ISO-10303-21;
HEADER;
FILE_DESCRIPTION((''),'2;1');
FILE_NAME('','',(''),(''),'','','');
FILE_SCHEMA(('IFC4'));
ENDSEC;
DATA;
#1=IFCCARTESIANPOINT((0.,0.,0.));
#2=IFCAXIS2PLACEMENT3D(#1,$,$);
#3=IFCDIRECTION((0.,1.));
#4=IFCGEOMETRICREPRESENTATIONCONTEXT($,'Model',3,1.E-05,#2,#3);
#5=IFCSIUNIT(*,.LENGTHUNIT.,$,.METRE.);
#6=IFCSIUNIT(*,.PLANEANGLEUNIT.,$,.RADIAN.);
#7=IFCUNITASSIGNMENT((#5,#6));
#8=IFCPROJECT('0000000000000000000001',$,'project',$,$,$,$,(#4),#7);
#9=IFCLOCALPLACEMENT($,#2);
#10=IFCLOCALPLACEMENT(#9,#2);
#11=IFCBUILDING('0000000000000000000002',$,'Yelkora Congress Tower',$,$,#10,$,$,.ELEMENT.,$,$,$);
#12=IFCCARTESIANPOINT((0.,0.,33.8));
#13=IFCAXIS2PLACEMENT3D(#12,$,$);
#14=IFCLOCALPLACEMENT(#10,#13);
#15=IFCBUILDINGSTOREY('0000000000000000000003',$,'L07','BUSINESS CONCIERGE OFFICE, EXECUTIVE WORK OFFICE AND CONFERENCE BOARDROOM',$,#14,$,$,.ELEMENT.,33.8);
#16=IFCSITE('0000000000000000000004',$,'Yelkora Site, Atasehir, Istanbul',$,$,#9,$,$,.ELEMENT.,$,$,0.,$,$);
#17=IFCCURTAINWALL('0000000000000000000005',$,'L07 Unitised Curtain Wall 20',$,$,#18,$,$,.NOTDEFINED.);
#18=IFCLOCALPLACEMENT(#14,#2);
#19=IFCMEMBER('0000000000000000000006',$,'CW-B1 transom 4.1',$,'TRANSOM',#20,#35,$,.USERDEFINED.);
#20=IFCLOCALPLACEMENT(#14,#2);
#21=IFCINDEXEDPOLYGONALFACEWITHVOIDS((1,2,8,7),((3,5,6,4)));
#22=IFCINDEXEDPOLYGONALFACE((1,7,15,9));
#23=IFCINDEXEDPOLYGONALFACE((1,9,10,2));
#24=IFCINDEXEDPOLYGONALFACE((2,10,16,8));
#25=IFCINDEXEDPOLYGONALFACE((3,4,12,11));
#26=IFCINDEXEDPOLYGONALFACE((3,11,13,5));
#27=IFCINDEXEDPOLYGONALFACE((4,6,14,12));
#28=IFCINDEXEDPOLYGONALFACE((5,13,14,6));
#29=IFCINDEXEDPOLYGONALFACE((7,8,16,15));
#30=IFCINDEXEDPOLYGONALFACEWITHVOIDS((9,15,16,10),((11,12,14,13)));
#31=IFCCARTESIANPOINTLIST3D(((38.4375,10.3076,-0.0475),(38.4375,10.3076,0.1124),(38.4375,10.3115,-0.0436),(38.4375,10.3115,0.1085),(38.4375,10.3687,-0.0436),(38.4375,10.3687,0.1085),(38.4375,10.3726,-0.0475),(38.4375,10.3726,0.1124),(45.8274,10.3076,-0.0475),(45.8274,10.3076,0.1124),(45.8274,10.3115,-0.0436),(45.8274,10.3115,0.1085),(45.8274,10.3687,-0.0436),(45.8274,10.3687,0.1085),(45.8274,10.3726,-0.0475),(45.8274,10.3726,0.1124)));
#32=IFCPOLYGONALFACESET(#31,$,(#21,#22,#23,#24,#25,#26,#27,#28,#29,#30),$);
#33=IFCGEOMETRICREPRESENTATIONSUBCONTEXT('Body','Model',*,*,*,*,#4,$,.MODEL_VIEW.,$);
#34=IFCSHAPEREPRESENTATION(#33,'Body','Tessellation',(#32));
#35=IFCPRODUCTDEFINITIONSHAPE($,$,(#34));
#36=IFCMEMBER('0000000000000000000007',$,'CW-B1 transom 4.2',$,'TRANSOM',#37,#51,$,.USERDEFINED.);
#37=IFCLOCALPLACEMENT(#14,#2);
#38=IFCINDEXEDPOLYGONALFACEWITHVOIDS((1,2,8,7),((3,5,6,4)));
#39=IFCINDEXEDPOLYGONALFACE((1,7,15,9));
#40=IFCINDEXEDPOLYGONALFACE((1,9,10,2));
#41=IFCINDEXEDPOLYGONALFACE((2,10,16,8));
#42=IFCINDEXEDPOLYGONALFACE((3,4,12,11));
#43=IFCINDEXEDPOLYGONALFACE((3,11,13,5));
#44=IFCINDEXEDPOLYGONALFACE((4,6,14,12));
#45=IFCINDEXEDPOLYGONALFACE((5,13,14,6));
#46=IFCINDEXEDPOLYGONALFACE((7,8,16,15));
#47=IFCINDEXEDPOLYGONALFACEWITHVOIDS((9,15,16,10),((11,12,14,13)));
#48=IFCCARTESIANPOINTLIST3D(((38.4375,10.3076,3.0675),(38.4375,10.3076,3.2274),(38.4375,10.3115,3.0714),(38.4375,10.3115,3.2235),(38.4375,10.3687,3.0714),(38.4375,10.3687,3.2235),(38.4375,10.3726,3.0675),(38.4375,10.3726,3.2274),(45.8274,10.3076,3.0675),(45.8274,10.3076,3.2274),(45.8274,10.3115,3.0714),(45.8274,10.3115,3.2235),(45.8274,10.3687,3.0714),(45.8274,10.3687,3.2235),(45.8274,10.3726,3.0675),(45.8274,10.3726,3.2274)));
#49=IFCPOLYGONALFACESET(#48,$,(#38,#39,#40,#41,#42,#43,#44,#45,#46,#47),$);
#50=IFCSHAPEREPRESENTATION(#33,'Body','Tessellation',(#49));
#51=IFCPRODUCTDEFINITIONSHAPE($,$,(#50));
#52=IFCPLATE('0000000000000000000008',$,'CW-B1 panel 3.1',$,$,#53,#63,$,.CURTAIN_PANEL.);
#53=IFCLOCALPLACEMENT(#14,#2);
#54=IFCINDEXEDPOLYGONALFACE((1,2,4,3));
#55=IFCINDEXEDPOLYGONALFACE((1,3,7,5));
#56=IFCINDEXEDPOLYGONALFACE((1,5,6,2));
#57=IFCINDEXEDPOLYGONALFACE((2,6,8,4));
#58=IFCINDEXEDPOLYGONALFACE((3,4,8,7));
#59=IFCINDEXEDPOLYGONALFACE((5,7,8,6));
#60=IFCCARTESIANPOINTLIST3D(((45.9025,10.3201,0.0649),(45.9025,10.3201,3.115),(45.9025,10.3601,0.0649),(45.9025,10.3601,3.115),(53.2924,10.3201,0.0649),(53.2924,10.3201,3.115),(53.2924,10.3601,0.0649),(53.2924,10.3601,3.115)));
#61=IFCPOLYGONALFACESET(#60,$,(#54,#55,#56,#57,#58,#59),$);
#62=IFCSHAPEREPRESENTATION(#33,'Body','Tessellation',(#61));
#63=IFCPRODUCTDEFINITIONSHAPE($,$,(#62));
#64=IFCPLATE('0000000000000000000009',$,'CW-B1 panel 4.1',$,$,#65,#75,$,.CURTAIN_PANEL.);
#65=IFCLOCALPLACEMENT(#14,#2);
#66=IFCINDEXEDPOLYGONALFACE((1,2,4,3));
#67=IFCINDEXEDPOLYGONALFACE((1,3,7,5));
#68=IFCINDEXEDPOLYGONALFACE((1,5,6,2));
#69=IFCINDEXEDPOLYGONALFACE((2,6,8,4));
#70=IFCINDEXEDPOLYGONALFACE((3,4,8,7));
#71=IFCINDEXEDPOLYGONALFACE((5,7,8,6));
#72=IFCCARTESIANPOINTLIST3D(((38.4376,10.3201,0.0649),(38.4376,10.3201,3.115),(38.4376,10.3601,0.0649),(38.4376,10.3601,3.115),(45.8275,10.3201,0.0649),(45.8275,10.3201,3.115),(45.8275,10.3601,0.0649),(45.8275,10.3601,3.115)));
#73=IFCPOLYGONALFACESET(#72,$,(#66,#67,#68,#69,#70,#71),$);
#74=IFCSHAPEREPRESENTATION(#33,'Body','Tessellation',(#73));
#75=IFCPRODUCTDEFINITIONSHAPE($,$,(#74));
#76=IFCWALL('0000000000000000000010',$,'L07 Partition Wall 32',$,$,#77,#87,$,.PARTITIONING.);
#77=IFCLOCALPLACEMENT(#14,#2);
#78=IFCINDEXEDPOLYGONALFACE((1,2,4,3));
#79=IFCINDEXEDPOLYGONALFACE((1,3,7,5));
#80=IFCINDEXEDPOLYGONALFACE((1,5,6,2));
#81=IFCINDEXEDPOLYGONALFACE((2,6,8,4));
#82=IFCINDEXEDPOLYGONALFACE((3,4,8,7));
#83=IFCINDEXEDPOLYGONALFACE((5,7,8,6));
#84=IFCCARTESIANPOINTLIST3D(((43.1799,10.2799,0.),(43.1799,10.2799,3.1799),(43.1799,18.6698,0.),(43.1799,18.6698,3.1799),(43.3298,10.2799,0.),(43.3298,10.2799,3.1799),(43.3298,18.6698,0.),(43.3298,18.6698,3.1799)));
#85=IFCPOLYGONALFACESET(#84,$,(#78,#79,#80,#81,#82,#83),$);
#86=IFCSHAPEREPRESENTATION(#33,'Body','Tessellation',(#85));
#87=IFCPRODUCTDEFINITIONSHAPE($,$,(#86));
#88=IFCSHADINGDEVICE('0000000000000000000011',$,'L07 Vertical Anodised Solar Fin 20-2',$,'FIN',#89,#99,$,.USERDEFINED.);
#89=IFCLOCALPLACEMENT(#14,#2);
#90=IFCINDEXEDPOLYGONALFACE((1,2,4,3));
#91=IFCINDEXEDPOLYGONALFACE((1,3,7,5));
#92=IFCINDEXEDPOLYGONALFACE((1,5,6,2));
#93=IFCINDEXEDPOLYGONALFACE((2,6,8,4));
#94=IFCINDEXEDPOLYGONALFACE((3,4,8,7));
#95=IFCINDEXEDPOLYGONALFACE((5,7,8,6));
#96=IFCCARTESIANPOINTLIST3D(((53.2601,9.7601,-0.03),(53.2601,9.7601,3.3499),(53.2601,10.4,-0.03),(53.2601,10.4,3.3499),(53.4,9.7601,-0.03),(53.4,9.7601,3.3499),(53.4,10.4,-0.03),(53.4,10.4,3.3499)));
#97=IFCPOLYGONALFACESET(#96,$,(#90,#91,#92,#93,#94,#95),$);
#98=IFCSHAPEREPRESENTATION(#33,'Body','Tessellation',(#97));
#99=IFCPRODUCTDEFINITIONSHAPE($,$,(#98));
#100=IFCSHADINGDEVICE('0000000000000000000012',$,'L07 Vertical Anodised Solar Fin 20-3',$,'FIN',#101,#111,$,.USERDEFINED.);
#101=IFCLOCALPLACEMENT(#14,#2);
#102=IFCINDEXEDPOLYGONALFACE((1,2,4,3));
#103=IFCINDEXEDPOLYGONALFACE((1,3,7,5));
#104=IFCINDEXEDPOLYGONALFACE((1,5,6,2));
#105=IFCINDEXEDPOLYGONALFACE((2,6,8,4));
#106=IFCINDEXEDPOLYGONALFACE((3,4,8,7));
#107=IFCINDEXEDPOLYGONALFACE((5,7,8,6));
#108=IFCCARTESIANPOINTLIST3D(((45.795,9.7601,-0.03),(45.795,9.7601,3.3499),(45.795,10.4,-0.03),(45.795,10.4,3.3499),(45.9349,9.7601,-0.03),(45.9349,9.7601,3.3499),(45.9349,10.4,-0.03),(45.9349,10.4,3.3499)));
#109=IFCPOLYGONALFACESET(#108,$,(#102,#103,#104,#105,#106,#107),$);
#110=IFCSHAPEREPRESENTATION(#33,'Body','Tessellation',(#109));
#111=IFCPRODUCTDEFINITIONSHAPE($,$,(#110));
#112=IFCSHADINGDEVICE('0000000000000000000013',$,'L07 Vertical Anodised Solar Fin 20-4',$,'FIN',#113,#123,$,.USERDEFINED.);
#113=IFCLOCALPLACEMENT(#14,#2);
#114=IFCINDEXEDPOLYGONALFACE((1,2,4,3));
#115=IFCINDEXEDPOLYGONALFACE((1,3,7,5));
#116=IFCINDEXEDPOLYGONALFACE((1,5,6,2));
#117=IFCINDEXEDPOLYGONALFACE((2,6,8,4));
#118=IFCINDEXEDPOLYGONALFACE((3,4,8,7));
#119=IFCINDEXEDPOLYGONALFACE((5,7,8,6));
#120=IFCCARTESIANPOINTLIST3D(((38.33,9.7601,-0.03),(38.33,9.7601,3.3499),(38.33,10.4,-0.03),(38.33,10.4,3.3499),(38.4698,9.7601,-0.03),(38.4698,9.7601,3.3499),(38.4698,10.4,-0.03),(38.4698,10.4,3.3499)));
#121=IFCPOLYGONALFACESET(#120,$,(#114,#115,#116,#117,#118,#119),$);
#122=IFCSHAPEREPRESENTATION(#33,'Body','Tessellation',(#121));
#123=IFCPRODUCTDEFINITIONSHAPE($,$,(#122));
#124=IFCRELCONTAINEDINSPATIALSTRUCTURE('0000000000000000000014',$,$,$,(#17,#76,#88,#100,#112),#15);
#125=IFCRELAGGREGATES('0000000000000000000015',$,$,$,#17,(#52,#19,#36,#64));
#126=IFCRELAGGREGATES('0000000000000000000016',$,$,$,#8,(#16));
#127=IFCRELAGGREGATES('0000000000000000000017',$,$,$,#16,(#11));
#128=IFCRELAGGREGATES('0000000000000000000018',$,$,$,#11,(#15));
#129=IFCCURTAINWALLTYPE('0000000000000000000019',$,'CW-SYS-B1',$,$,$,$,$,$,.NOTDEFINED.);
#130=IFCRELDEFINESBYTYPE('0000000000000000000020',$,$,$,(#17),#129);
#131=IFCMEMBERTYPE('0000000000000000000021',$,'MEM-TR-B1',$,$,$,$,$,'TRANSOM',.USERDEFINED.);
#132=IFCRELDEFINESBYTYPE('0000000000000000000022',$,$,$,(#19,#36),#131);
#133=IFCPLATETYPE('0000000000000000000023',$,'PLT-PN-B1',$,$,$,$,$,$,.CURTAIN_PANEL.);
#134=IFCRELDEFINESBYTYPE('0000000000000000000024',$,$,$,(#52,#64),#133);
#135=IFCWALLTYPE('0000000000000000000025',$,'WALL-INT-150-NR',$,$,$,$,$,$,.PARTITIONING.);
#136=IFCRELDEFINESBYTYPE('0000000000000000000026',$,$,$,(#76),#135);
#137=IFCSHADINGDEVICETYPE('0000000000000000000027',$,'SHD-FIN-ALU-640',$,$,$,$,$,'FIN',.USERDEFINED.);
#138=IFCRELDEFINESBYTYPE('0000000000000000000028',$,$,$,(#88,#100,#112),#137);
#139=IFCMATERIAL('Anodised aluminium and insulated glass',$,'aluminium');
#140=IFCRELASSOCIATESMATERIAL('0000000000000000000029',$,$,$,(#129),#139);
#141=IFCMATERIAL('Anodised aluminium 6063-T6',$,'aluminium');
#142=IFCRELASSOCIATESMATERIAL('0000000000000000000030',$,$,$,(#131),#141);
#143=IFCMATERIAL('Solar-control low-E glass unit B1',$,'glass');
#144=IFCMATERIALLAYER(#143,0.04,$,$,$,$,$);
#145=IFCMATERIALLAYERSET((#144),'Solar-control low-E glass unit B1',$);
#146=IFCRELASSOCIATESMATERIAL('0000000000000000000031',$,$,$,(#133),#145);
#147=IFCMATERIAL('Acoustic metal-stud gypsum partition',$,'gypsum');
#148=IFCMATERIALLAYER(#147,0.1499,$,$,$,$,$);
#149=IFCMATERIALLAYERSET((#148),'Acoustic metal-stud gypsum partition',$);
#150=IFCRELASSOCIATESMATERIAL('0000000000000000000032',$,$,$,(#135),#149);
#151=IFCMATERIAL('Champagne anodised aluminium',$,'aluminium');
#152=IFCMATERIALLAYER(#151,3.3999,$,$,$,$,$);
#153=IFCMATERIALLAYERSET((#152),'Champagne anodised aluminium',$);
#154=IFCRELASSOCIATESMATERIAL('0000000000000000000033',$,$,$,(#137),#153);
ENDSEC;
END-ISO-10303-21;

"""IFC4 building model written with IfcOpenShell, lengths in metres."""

from ifc_helpers import new_model, si_unit, direction, frame, frame_2d, origin, origin_2d, place, context, subcontext, project, spatial, rectangle, hollow_rectangle, extrude, material, layer, layer_set, material_profile, profile_set, type_object, element, aggregate, save


model = new_model("IFC4")

# Units and contexts
model_context = context("Model", 3, precision=1e-05, world=origin(), true_north=direction((0.0, 1.0)))
body_context = subcontext(model_context, "Body", "Model", "MODEL_VIEW")
ifc_project = project(units=[si_unit("LENGTHUNIT", "METRE"), si_unit("PLANEANGLEUNIT", "RADIAN")], contexts=[model_context])

# Site, building, storey
site_placement = place(None, origin())
site = spatial("IfcSite", under=ifc_project, at=site_placement, Name="Yelkora Site, Atasehir, Istanbul", CompositionType="ELEMENT", RefElevation=0.0)
building_placement = place(site_placement, origin())
building = spatial("IfcBuilding", under=site, at=building_placement, Name="Yelkora Congress Tower", CompositionType="ELEMENT")
storey_placement = place(building_placement, frame((0.0, 0.0, 33.8)))
storey = spatial("IfcBuildingStorey", under=building, at=storey_placement, Name="L07", Description="BUSINESS CONCIERGE OFFICE, EXECUTIVE WORK OFFICE AND CONFERENCE BOARDROOM", CompositionType="ELEMENT", Elevation=33.8)

# Curtain wall, members, plates
ifc_material_1 = material(Name="Anodised aluminium and insulated glass", Category="aluminium")
curtain_wall_type = type_object("IfcCurtainWallType", Name="CW-SYS-B1", PredefinedType="NOTDEFINED", material=ifc_material_1)
curtain_wall_placement = place(storey_placement, origin())
curtain_wall = element("IfcCurtainWall", 1, at=curtain_wall_placement, inside=storey, type_object=curtain_wall_type, Name="L07 Unitised Curtain Wall 20", PredefinedType="NOTDEFINED")
ifc_material_2 = material(Name="Anodised aluminium 6063-T6", Category="aluminium")
ifc_material_profile_1 = material_profile(ifc_material_2, hollow_rectangle(XDim=0.0649, YDim=0.1599, WallThickness=0.0039, at=origin_2d()), Name="ALU 65x160x4")
ifc_profile_set_1 = profile_set([ifc_material_profile_1], Name="Anodised aluminium 6063-T6")
member_type_1 = type_object("IfcMemberType", Name="MEM-TR-B1", ElementType="TRANSOM", PredefinedType="USERDEFINED", material=ifc_profile_set_1)
member_1_placement = place(storey_placement, frame((45.8274, 10.3401, 0.0325), z_axis=(-1.0, 0.0, 0.0), x_axis=(0.0, -1.0, 0.0)))
member_1 = element("IfcMember", 2, at=member_1_placement, type_object=member_type_1, Name="CW-B1 transom 4.1", ObjectType="TRANSOM", PredefinedType="USERDEFINED", context=body_context, shape_type="SweptSolid", body=[
    extrude(hollow_rectangle(XDim=0.0649, YDim=0.1599, WallThickness=0.0039, at=origin_2d()), origin(), (0.0, 0.0, 1.0), 7.3899),
])
member_2_placement = place(storey_placement, frame((45.8274, 10.3401, 3.1475), z_axis=(-1.0, 0.0, 0.0), x_axis=(0.0, -1.0, 0.0)))
member_2 = element("IfcMember", 3, at=member_2_placement, type_object=member_type_1, Name="CW-B1 transom 4.2", ObjectType="TRANSOM", PredefinedType="USERDEFINED", context=body_context, shape_type="SweptSolid", body=[
    extrude(hollow_rectangle(XDim=0.0649, YDim=0.1599, WallThickness=0.0039, at=origin_2d()), origin(), (0.0, 0.0, 1.0), 7.3899),
])
ifc_material_3 = material(Name="Solar-control low-E glass unit B1", Category="glass")
ifc_layer_1 = layer(ifc_material_3, 0.04)
ifc_layer_set_1 = layer_set([ifc_layer_1], Name="Solar-control low-E glass unit B1")
plate_type = type_object("IfcPlateType", Name="PLT-PN-B1", PredefinedType="CURTAIN_PANEL", material=ifc_layer_set_1)
plate_1_placement = place(storey_placement, frame((49.5974, 10.3401, 0.0649), z_axis=(0.0, 0.0, 1.0), x_axis=(-1.0, 0.0, 0.0)))
plate_1 = element("IfcPlate", 4, at=plate_1_placement, type_object=plate_type, Name="CW-B1 panel 3.1", PredefinedType="CURTAIN_PANEL", context=body_context, shape_type="SweptSolid", body=[
    extrude(rectangle(XDim=7.3899, YDim=0.04, at=origin_2d()), origin(), (0.0, 0.0, 1.0), 3.05),
])
plate_2_placement = place(storey_placement, frame((42.1326, 10.3401, 0.0649), z_axis=(0.0, 0.0, 1.0), x_axis=(-1.0, 0.0, 0.0)))
plate_2 = element("IfcPlate", 5, at=plate_2_placement, type_object=plate_type, Name="CW-B1 panel 4.1", PredefinedType="CURTAIN_PANEL", context=body_context, shape_type="SweptSolid", body=[
    extrude(rectangle(XDim=7.3899, YDim=0.04, at=origin_2d()), origin(), (0.0, 0.0, 1.0), 3.05),
])
aggregate(curtain_wall, [plate_1, member_1, member_2, plate_2])

# Wall
ifc_material_4 = material(Name="Acoustic metal-stud gypsum partition", Category="gypsum")
ifc_layer_2 = layer(ifc_material_4, 0.1499)
ifc_layer_set_2 = layer_set([ifc_layer_2], Name="Acoustic metal-stud gypsum partition")
wall_type = type_object("IfcWallType", Name="WALL-INT-150-NR", PredefinedType="PARTITIONING", material=ifc_layer_set_2)
wall_placement = place(storey_placement, frame((43.2549, 10.28, 0.0), z_axis=(0.0, 0.0, 1.0), x_axis=(0.0, 1.0, 0.0)))
element("IfcWall", 6, at=wall_placement, inside=storey, type_object=wall_type, Name="L07 Partition Wall 32", PredefinedType="PARTITIONING", context=body_context, shape_type="SweptSolid", body=[
    extrude(rectangle(XDim=8.3899, YDim=0.1499, at=frame_2d((4.1948, 0.0))), origin(), (0.0, 0.0, 1.0), 3.1799),
])

# Shading devices
ifc_material_5 = material(Name="Champagne anodised aluminium", Category="aluminium")
ifc_layer_3 = layer(ifc_material_5, 3.3999)
ifc_layer_set_3 = layer_set([ifc_layer_3], Name="Champagne anodised aluminium")
shading_device_type = type_object("IfcShadingDeviceType", Name="SHD-FIN-ALU-640", ElementType="FIN", PredefinedType="USERDEFINED", material=ifc_layer_set_3)
for number, where, z_axis, x_axis, name in (
    (7, (53.3301, 10.0801, -0.03), (0.0, 0.0, 1.0), (-1.0, 0.0, 0.0), "L07 Vertical Anodised Solar Fin 20-2"),
    (8, (45.865, 10.0801, -0.03), (0.0, 0.0, 1.0), (-1.0, 0.0, 0.0), "L07 Vertical Anodised Solar Fin 20-3"),
    (9, (38.3999, 10.0801, -0.03), (0.0, 0.0, 1.0), (-1.0, 0.0, 0.0), "L07 Vertical Anodised Solar Fin 20-4"),
):
    element("IfcShadingDevice", number, at=place(storey_placement, frame(where, z_axis=z_axis, x_axis=x_axis)), inside=storey, type_object=shading_device_type, Name=name, ObjectType="FIN", PredefinedType="USERDEFINED", context=body_context, shape_type="SweptSolid", body=[
        extrude(rectangle(XDim=0.1399, YDim=0.6399, at=origin_2d()), origin(), (0.0, 0.0, 1.0), 3.3799),
    ])

save(model, "model.ifc")
